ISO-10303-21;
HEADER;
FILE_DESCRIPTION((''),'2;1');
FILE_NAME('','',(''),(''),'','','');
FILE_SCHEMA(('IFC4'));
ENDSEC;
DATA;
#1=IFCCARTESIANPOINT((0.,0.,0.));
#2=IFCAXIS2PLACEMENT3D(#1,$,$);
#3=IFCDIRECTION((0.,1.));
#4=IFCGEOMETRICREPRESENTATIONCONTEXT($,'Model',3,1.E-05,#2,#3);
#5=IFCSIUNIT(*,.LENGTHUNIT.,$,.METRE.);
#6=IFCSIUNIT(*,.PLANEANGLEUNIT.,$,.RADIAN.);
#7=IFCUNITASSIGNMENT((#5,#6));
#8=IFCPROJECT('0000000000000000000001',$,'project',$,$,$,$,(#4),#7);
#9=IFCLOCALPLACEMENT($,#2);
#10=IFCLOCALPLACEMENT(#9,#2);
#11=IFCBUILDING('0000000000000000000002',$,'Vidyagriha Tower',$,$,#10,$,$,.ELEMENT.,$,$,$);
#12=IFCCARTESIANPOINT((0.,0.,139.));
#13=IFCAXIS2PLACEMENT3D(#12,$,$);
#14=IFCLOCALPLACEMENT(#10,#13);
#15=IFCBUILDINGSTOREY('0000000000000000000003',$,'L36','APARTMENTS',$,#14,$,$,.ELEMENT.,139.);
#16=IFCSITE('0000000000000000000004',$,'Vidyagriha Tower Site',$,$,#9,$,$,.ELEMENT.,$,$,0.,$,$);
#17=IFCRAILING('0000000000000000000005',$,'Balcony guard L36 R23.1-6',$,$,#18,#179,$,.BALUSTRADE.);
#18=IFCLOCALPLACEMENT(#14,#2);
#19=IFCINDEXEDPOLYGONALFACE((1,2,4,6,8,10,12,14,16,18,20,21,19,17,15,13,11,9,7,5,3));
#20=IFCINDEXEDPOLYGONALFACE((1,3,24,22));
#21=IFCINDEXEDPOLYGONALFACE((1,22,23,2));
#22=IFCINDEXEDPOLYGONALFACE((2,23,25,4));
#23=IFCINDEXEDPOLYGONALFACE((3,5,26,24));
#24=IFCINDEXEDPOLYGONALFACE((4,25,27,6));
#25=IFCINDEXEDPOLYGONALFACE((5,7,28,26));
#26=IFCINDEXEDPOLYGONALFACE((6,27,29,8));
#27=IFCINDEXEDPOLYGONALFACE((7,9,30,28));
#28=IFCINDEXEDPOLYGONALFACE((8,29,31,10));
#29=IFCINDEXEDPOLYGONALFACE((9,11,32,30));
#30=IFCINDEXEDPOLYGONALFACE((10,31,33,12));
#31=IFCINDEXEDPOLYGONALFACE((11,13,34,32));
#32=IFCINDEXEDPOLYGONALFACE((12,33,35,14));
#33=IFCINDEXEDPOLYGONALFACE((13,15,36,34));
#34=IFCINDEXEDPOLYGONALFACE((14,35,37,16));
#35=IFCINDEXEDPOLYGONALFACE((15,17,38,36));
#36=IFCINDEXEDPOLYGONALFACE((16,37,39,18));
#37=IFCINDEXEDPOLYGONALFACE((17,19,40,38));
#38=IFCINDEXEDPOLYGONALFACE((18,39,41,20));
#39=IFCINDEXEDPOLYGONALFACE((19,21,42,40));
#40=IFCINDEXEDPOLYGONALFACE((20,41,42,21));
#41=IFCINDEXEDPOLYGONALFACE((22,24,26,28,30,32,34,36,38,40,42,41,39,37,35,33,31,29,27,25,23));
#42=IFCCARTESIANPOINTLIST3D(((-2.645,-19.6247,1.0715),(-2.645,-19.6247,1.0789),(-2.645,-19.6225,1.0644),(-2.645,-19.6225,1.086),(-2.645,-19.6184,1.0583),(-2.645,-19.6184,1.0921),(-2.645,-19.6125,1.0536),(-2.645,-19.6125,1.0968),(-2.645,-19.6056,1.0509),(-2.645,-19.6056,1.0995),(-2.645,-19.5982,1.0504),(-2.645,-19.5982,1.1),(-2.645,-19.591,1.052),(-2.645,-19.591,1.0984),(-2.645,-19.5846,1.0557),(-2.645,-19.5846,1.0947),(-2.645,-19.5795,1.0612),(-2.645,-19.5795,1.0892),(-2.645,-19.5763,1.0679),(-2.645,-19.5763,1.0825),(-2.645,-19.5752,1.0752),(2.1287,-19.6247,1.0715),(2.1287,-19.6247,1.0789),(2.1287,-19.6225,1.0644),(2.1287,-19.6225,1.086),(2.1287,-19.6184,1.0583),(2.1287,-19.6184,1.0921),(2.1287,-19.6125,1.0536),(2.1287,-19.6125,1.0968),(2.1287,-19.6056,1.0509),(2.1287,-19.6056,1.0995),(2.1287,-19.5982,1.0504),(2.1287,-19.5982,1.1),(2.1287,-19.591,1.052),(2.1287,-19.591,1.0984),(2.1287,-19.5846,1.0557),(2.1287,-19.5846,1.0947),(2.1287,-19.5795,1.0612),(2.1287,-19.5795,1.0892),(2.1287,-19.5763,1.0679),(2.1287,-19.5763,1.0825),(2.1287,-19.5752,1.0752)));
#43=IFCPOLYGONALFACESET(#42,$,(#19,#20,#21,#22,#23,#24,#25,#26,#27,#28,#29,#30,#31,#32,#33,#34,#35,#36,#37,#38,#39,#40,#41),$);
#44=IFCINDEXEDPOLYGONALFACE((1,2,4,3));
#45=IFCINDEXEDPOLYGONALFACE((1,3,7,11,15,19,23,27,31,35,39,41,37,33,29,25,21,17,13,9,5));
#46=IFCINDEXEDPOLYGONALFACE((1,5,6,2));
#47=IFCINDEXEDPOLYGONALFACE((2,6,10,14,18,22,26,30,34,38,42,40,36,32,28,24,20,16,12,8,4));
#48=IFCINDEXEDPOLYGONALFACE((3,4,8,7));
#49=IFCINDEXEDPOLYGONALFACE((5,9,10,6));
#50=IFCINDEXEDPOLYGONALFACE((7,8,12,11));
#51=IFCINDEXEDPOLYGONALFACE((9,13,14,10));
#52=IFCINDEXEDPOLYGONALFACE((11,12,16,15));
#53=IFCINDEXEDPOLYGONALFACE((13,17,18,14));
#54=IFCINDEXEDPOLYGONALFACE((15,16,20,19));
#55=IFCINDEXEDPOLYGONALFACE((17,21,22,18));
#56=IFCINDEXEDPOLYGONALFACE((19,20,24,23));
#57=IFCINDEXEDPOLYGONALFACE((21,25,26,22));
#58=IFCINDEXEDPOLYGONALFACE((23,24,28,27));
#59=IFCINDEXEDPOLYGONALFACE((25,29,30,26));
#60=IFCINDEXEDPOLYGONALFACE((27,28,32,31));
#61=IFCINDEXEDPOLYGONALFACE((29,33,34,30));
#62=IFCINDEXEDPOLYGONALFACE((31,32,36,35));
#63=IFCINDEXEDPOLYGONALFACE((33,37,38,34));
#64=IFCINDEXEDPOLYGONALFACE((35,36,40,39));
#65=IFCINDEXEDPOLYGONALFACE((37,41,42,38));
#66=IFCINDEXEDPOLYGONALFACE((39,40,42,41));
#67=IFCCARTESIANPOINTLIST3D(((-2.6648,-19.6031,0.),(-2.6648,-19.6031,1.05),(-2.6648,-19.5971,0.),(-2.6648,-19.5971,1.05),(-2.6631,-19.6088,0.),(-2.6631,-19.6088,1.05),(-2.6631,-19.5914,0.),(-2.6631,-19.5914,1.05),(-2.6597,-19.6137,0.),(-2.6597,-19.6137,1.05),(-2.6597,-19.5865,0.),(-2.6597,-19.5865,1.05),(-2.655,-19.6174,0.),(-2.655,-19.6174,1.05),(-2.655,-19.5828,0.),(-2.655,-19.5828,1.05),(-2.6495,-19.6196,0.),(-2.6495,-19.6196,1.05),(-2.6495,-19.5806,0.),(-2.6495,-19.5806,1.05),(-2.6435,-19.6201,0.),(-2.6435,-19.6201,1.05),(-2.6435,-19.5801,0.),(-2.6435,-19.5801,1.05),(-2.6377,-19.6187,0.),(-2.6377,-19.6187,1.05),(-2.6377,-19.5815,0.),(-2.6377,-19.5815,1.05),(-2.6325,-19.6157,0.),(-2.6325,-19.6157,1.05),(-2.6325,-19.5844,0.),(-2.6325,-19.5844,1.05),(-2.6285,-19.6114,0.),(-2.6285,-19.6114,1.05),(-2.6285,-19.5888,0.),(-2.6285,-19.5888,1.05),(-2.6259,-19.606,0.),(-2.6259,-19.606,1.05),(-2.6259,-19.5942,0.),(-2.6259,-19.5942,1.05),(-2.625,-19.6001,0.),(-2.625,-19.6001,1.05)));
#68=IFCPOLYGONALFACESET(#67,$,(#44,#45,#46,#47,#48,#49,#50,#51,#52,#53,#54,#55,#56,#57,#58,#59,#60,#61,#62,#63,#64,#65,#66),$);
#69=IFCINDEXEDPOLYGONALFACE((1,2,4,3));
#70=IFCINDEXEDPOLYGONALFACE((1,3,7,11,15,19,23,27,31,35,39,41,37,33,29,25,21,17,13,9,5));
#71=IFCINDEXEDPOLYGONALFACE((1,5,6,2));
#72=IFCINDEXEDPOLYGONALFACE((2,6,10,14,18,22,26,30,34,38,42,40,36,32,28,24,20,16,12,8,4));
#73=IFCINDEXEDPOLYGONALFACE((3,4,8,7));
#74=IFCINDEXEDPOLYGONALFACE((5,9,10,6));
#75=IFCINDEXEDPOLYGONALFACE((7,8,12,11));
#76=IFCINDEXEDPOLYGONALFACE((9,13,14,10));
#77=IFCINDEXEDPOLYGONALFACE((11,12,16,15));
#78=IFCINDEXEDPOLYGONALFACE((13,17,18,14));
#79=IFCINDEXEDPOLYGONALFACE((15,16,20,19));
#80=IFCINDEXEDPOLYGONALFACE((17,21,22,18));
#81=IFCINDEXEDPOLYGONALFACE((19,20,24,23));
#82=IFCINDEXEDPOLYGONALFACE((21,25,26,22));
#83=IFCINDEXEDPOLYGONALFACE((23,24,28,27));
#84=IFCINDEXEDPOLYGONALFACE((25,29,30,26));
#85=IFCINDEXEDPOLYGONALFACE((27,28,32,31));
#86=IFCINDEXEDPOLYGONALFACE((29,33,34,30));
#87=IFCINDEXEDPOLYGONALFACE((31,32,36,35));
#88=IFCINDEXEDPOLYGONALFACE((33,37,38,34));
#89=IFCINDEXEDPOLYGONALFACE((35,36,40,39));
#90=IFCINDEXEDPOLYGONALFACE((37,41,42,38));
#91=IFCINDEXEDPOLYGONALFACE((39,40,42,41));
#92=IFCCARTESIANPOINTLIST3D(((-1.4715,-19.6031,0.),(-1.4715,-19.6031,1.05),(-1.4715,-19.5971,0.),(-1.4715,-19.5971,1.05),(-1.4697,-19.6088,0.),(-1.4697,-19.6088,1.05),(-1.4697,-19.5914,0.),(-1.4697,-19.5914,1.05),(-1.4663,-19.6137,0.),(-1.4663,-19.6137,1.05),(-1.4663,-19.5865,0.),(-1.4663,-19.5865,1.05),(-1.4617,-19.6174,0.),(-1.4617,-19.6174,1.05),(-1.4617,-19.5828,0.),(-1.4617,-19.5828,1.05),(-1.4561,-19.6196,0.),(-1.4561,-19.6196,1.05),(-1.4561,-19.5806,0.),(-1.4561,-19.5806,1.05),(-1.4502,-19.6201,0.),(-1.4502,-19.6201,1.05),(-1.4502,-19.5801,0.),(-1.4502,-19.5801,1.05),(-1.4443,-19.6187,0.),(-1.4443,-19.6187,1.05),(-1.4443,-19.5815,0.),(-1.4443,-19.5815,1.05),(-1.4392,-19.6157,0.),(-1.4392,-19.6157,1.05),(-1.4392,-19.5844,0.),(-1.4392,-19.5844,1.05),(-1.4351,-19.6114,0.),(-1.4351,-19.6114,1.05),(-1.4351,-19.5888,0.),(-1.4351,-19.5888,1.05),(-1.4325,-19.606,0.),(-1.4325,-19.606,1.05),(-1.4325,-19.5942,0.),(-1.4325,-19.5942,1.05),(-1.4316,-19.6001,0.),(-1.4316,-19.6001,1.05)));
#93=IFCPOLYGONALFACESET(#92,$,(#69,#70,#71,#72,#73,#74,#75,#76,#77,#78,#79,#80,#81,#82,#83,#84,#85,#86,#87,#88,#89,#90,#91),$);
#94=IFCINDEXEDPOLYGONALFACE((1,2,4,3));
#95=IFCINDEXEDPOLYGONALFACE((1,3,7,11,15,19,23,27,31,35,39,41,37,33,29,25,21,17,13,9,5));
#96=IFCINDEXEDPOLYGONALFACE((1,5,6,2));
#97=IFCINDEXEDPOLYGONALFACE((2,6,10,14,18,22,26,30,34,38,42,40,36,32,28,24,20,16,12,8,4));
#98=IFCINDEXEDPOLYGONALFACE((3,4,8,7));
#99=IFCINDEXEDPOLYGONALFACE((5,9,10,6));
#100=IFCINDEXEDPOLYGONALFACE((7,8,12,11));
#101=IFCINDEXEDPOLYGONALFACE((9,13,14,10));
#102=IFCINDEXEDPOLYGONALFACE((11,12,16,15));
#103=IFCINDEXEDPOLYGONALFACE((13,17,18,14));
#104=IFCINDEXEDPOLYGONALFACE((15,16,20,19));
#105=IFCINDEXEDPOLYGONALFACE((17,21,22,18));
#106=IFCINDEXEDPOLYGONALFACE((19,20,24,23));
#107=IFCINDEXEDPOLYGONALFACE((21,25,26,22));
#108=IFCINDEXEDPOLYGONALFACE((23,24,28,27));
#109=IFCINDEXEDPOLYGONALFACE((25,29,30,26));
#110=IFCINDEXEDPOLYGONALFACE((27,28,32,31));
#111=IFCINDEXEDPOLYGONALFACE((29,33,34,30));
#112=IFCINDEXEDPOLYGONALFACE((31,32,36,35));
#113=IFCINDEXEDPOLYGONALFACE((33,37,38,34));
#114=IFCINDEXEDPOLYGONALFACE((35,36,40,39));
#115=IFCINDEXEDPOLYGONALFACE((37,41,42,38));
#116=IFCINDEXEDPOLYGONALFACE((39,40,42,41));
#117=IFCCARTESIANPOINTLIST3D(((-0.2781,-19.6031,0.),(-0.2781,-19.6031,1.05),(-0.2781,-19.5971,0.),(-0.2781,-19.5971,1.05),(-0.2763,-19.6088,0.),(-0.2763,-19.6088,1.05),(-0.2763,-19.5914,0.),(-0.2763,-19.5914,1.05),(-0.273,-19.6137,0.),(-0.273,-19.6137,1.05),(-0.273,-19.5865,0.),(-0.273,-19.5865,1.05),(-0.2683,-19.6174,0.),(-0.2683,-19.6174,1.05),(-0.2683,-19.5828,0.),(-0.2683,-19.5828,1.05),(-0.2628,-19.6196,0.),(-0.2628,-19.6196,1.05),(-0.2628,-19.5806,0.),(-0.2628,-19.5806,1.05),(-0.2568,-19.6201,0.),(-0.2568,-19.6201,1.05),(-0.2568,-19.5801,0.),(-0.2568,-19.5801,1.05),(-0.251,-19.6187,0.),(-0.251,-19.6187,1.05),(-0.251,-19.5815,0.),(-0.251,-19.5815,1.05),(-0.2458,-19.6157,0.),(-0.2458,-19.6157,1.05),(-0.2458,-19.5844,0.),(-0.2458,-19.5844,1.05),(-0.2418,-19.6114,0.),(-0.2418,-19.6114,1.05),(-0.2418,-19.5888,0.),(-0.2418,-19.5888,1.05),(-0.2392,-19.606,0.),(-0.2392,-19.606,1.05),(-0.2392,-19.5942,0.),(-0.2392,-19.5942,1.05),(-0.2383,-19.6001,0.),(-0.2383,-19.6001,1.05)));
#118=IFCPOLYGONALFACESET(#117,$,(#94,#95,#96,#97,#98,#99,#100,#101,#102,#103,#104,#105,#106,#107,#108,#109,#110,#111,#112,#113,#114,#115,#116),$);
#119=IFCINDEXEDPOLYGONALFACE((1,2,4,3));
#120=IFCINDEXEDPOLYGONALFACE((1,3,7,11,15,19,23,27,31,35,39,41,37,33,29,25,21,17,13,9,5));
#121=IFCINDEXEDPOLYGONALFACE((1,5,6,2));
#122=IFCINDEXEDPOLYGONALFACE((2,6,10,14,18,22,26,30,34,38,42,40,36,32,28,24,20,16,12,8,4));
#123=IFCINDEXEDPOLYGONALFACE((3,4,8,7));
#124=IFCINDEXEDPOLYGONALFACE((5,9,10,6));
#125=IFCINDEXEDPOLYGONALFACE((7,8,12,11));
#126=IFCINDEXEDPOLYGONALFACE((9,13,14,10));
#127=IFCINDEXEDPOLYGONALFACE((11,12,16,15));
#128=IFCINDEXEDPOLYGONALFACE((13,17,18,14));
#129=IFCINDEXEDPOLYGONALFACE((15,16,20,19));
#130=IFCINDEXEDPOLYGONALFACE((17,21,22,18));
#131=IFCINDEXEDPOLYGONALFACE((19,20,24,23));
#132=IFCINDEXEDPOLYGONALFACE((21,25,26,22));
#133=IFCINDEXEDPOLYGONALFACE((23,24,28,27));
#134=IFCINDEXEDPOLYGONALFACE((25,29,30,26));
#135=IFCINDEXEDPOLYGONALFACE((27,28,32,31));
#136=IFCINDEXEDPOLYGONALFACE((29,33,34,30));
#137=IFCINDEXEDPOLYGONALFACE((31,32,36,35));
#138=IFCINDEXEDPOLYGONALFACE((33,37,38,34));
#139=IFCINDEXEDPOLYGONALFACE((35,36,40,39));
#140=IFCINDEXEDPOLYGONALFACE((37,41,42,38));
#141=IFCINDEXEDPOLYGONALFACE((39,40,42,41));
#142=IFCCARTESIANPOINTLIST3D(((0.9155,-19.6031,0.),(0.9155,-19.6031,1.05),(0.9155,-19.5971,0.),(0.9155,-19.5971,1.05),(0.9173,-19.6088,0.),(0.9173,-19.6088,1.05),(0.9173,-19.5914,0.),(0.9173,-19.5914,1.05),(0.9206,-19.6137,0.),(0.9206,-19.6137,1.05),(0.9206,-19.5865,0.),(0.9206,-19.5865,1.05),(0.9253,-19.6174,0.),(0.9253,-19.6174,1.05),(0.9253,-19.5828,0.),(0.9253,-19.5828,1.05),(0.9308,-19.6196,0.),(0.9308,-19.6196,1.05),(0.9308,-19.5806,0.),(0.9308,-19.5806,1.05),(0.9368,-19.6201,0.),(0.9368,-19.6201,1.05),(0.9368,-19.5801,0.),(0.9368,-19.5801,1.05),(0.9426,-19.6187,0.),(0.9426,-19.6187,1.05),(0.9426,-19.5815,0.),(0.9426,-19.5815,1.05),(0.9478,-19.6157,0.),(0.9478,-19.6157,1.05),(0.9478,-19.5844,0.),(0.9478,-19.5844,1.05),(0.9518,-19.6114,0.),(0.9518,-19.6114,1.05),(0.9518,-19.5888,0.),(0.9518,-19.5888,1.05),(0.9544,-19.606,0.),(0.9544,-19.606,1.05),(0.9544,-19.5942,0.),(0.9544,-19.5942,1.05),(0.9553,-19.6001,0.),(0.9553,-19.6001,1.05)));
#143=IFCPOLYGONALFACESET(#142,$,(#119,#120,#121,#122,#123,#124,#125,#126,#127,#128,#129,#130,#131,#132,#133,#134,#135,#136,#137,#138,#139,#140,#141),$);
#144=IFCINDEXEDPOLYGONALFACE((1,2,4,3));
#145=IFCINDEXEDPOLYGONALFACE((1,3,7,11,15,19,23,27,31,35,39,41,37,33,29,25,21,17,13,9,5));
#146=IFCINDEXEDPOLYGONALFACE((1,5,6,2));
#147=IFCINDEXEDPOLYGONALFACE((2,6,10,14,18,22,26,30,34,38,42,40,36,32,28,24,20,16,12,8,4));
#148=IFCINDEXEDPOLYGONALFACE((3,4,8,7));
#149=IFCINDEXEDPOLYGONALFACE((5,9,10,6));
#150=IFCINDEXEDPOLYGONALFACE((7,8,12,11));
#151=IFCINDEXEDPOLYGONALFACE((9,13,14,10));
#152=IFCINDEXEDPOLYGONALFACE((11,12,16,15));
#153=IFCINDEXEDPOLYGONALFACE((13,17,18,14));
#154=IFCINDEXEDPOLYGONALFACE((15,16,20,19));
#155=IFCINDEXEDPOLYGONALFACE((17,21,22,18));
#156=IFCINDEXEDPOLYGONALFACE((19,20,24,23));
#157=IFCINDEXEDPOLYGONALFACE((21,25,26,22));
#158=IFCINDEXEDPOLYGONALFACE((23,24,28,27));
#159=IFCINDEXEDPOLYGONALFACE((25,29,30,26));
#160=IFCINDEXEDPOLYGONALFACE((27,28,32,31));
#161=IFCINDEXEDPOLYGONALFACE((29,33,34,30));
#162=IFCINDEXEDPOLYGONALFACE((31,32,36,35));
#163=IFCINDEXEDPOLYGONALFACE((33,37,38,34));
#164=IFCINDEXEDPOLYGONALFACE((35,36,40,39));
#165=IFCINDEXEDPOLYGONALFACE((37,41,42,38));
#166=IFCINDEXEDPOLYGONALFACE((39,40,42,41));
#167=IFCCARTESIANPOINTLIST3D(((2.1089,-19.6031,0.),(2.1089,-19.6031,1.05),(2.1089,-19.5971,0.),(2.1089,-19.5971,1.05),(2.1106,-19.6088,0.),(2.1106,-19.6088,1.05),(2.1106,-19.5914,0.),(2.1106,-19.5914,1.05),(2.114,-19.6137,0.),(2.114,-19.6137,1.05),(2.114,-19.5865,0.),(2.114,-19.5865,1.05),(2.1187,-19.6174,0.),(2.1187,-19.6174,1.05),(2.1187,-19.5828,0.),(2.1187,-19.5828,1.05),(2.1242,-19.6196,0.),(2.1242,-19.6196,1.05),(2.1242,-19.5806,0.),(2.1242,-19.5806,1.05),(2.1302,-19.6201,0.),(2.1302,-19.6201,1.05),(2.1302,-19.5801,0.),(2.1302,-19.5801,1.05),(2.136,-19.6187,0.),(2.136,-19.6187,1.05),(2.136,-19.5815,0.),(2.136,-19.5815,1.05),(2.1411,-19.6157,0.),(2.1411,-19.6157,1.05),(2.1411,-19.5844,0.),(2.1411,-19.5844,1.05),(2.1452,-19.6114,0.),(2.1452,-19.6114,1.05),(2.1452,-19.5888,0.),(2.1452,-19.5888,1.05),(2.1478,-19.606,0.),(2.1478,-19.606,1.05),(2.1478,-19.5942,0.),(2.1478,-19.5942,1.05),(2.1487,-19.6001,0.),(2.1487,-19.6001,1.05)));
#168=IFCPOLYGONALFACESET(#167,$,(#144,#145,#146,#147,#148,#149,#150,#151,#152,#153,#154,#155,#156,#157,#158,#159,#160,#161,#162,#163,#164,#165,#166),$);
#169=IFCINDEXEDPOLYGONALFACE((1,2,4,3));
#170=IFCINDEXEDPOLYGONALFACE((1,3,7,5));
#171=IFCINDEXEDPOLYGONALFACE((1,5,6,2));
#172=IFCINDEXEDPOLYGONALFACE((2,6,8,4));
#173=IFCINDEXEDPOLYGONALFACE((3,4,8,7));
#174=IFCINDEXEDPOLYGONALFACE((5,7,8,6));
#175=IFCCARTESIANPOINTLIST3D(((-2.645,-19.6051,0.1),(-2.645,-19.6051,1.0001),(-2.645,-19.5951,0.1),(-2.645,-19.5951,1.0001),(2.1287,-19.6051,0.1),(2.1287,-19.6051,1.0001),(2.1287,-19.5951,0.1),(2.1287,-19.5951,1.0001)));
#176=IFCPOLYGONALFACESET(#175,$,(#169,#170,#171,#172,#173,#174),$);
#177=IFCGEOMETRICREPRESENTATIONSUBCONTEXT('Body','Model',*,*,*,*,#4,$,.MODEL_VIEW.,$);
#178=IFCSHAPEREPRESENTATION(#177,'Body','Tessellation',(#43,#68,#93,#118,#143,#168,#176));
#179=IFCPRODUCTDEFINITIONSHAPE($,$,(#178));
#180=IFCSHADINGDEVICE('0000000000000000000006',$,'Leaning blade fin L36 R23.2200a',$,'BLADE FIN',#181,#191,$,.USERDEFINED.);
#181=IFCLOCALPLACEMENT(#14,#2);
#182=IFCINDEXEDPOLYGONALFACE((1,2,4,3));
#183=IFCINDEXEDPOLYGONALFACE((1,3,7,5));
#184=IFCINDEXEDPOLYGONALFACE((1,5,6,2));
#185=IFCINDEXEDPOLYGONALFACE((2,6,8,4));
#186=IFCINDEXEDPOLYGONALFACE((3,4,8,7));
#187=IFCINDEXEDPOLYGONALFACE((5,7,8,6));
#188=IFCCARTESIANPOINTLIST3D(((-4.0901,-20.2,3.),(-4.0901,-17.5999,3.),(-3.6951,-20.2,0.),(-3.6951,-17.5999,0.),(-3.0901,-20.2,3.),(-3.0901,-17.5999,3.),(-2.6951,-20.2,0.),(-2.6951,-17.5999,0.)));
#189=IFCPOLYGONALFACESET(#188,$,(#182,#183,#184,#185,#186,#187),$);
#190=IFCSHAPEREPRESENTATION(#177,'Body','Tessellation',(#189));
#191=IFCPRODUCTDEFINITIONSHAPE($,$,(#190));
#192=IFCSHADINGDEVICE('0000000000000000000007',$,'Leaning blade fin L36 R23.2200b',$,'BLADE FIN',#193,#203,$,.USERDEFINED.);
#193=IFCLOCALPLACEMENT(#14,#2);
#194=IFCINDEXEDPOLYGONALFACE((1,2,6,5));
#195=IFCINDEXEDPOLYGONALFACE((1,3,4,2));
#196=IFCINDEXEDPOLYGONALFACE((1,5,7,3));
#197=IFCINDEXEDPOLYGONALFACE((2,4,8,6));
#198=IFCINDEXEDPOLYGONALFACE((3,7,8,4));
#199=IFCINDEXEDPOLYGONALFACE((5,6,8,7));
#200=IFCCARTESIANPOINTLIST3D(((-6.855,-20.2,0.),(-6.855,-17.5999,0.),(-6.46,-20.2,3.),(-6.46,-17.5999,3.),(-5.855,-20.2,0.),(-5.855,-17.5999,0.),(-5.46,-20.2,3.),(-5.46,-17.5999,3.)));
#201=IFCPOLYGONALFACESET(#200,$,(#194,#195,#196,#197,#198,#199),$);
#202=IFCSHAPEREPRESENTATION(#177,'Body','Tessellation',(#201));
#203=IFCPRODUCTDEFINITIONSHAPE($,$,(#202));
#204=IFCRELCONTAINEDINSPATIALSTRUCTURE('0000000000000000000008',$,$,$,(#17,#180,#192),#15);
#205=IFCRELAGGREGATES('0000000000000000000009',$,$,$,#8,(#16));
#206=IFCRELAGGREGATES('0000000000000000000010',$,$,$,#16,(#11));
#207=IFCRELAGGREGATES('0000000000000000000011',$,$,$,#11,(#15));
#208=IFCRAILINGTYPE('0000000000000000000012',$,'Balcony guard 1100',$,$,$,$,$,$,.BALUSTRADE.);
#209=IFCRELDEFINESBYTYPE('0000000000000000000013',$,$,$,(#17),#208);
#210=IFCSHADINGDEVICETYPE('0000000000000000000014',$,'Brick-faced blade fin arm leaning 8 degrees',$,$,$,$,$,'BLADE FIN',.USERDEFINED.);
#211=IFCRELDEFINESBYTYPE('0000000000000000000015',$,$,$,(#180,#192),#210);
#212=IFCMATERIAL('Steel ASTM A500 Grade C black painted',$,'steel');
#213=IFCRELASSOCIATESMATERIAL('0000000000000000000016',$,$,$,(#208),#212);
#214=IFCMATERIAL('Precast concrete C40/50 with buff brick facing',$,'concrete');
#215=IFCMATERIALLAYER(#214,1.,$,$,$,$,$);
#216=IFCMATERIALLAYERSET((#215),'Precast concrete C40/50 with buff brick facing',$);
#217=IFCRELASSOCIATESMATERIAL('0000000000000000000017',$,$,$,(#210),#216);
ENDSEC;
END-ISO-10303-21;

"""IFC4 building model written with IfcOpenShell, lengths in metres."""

from ifc_helpers import new_model, si_unit, direction, frame, origin, origin_2d, place, context, subcontext, project, spatial, polyline, rectangle, circle, outline, extrude, material, layer, layer_set, type_object, element, save


model = new_model("IFC4")

# Units and contexts
model_context = context("Model", 3, precision=1e-05, world=origin(), true_north=direction((0.0, 1.0)))
body_context = subcontext(model_context, "Body", "Model", "MODEL_VIEW")
ifc_project = project(units=[si_unit("LENGTHUNIT", "METRE"), si_unit("PLANEANGLEUNIT", "RADIAN")], contexts=[model_context])

# Site, building, storey
site_placement = place(None, origin())
site = spatial("IfcSite", under=ifc_project, at=site_placement, Name="Vidyagriha Tower Site", CompositionType="ELEMENT", RefElevation=0.0)
building_placement = place(site_placement, origin())
building = spatial("IfcBuilding", under=site, at=building_placement, Name="Vidyagriha Tower", CompositionType="ELEMENT")
storey_placement = place(building_placement, frame((0.0, 0.0, 139.0)))
storey = spatial("IfcBuildingStorey", under=building, at=storey_placement, Name="L36", Description="APARTMENTS", CompositionType="ELEMENT", Elevation=139.0)

# Railing
ifc_material_1 = material(Name="Steel ASTM A500 Grade C black painted", Category="steel")
railing_type = type_object("IfcRailingType", Name="Balcony guard 1100", PredefinedType="BALUSTRADE", material=ifc_material_1)
railing_1_placement = place(storey_placement, frame((-2.645, -19.6001, 0.0)))
element("IfcRailing", 1, at=railing_1_placement, inside=storey, type_object=railing_type, Name="Balcony guard L36 R23.1-6", PredefinedType="BALUSTRADE", context=body_context, shape_type="SweptSolid", body=[
    extrude(circle(Radius=0.0249, at=origin_2d()), frame((0.0, 0.0, 1.0752), z_axis=(1.0, 0.0, 0.0), x_axis=(0.0, 1.0, 0.0)), (0.0, 0.0, 1.0), 4.7737),
    extrude(circle(Radius=0.02, at=origin_2d()), origin(), (0.0, 0.0, 1.0), 1.05),
    extrude(circle(Radius=0.02, at=origin_2d()), frame((1.1934, 0.0, 0.0)), (0.0, 0.0, 1.0), 1.05),
    extrude(circle(Radius=0.02, at=origin_2d()), frame((2.3867, 0.0, 0.0)), (0.0, 0.0, 1.0), 1.05),
    extrude(circle(Radius=0.02, at=origin_2d()), frame((3.5803, 0.0, 0.0)), (0.0, 0.0, 1.0), 1.05),
    extrude(circle(Radius=0.02, at=origin_2d()), frame((4.7737, 0.0, 0.0)), (0.0, 0.0, 1.0), 1.05),
    extrude(rectangle(XDim=0.01, YDim=0.9001, at=origin_2d()), frame((0.0, 0.0, 0.55), z_axis=(1.0, 0.0, 0.0), x_axis=(0.0, 1.0, 0.0)), (0.0, 0.0, 1.0), 4.7737),
])

# Shading devices
ifc_material_2 = material(Name="Precast concrete C40/50 with buff brick facing", Category="concrete")
ifc_layer_1 = layer(ifc_material_2, 1.0)
ifc_layer_set_1 = layer_set([ifc_layer_1], Name="Precast concrete C40/50 with buff brick facing")
shading_device_type = type_object("IfcShadingDeviceType", Name="Brick-faced blade fin arm leaning 8 degrees", ElementType="BLADE FIN", PredefinedType="USERDEFINED", material=ifc_layer_set_1)
shading_device_1_placement = place(storey_placement, frame((-4.0901, -18.8999, 0.0)))
element("IfcShadingDevice", 2, at=shading_device_1_placement, inside=storey, type_object=shading_device_type, Name="Leaning blade fin L36 R23.2200a", ObjectType="BLADE FIN", PredefinedType="USERDEFINED", context=body_context, shape_type="SweptSolid", body=[
    extrude(outline(polyline([(0.395, 0.0), (1.395, 0.0), (1.0, 3.0), (0.0, 3.0), (0.395, 0.0)])), frame((0.0, 1.3, 0.0), z_axis=(0.0, -1.0, 0.0), x_axis=(1.0, 0.0, 0.0)), (0.0, 0.0, 1.0), 2.6001),
])
shading_device_2_placement = place(storey_placement, frame((-6.855, -18.8999, 0.0)))
element("IfcShadingDevice", 3, at=shading_device_2_placement, inside=storey, type_object=shading_device_type, Name="Leaning blade fin L36 R23.2200b", ObjectType="BLADE FIN", PredefinedType="USERDEFINED", context=body_context, shape_type="SweptSolid", body=[
    extrude(outline(polyline([(0.0, 0.0), (1.0, 0.0), (1.395, 3.0), (0.395, 3.0), (0.0, 0.0)])), frame((0.0, 1.3, 0.0), z_axis=(0.0, -1.0, 0.0), x_axis=(1.0, 0.0, 0.0)), (0.0, 0.0, 1.0), 2.6001),
])

save(model, "model.ifc")
